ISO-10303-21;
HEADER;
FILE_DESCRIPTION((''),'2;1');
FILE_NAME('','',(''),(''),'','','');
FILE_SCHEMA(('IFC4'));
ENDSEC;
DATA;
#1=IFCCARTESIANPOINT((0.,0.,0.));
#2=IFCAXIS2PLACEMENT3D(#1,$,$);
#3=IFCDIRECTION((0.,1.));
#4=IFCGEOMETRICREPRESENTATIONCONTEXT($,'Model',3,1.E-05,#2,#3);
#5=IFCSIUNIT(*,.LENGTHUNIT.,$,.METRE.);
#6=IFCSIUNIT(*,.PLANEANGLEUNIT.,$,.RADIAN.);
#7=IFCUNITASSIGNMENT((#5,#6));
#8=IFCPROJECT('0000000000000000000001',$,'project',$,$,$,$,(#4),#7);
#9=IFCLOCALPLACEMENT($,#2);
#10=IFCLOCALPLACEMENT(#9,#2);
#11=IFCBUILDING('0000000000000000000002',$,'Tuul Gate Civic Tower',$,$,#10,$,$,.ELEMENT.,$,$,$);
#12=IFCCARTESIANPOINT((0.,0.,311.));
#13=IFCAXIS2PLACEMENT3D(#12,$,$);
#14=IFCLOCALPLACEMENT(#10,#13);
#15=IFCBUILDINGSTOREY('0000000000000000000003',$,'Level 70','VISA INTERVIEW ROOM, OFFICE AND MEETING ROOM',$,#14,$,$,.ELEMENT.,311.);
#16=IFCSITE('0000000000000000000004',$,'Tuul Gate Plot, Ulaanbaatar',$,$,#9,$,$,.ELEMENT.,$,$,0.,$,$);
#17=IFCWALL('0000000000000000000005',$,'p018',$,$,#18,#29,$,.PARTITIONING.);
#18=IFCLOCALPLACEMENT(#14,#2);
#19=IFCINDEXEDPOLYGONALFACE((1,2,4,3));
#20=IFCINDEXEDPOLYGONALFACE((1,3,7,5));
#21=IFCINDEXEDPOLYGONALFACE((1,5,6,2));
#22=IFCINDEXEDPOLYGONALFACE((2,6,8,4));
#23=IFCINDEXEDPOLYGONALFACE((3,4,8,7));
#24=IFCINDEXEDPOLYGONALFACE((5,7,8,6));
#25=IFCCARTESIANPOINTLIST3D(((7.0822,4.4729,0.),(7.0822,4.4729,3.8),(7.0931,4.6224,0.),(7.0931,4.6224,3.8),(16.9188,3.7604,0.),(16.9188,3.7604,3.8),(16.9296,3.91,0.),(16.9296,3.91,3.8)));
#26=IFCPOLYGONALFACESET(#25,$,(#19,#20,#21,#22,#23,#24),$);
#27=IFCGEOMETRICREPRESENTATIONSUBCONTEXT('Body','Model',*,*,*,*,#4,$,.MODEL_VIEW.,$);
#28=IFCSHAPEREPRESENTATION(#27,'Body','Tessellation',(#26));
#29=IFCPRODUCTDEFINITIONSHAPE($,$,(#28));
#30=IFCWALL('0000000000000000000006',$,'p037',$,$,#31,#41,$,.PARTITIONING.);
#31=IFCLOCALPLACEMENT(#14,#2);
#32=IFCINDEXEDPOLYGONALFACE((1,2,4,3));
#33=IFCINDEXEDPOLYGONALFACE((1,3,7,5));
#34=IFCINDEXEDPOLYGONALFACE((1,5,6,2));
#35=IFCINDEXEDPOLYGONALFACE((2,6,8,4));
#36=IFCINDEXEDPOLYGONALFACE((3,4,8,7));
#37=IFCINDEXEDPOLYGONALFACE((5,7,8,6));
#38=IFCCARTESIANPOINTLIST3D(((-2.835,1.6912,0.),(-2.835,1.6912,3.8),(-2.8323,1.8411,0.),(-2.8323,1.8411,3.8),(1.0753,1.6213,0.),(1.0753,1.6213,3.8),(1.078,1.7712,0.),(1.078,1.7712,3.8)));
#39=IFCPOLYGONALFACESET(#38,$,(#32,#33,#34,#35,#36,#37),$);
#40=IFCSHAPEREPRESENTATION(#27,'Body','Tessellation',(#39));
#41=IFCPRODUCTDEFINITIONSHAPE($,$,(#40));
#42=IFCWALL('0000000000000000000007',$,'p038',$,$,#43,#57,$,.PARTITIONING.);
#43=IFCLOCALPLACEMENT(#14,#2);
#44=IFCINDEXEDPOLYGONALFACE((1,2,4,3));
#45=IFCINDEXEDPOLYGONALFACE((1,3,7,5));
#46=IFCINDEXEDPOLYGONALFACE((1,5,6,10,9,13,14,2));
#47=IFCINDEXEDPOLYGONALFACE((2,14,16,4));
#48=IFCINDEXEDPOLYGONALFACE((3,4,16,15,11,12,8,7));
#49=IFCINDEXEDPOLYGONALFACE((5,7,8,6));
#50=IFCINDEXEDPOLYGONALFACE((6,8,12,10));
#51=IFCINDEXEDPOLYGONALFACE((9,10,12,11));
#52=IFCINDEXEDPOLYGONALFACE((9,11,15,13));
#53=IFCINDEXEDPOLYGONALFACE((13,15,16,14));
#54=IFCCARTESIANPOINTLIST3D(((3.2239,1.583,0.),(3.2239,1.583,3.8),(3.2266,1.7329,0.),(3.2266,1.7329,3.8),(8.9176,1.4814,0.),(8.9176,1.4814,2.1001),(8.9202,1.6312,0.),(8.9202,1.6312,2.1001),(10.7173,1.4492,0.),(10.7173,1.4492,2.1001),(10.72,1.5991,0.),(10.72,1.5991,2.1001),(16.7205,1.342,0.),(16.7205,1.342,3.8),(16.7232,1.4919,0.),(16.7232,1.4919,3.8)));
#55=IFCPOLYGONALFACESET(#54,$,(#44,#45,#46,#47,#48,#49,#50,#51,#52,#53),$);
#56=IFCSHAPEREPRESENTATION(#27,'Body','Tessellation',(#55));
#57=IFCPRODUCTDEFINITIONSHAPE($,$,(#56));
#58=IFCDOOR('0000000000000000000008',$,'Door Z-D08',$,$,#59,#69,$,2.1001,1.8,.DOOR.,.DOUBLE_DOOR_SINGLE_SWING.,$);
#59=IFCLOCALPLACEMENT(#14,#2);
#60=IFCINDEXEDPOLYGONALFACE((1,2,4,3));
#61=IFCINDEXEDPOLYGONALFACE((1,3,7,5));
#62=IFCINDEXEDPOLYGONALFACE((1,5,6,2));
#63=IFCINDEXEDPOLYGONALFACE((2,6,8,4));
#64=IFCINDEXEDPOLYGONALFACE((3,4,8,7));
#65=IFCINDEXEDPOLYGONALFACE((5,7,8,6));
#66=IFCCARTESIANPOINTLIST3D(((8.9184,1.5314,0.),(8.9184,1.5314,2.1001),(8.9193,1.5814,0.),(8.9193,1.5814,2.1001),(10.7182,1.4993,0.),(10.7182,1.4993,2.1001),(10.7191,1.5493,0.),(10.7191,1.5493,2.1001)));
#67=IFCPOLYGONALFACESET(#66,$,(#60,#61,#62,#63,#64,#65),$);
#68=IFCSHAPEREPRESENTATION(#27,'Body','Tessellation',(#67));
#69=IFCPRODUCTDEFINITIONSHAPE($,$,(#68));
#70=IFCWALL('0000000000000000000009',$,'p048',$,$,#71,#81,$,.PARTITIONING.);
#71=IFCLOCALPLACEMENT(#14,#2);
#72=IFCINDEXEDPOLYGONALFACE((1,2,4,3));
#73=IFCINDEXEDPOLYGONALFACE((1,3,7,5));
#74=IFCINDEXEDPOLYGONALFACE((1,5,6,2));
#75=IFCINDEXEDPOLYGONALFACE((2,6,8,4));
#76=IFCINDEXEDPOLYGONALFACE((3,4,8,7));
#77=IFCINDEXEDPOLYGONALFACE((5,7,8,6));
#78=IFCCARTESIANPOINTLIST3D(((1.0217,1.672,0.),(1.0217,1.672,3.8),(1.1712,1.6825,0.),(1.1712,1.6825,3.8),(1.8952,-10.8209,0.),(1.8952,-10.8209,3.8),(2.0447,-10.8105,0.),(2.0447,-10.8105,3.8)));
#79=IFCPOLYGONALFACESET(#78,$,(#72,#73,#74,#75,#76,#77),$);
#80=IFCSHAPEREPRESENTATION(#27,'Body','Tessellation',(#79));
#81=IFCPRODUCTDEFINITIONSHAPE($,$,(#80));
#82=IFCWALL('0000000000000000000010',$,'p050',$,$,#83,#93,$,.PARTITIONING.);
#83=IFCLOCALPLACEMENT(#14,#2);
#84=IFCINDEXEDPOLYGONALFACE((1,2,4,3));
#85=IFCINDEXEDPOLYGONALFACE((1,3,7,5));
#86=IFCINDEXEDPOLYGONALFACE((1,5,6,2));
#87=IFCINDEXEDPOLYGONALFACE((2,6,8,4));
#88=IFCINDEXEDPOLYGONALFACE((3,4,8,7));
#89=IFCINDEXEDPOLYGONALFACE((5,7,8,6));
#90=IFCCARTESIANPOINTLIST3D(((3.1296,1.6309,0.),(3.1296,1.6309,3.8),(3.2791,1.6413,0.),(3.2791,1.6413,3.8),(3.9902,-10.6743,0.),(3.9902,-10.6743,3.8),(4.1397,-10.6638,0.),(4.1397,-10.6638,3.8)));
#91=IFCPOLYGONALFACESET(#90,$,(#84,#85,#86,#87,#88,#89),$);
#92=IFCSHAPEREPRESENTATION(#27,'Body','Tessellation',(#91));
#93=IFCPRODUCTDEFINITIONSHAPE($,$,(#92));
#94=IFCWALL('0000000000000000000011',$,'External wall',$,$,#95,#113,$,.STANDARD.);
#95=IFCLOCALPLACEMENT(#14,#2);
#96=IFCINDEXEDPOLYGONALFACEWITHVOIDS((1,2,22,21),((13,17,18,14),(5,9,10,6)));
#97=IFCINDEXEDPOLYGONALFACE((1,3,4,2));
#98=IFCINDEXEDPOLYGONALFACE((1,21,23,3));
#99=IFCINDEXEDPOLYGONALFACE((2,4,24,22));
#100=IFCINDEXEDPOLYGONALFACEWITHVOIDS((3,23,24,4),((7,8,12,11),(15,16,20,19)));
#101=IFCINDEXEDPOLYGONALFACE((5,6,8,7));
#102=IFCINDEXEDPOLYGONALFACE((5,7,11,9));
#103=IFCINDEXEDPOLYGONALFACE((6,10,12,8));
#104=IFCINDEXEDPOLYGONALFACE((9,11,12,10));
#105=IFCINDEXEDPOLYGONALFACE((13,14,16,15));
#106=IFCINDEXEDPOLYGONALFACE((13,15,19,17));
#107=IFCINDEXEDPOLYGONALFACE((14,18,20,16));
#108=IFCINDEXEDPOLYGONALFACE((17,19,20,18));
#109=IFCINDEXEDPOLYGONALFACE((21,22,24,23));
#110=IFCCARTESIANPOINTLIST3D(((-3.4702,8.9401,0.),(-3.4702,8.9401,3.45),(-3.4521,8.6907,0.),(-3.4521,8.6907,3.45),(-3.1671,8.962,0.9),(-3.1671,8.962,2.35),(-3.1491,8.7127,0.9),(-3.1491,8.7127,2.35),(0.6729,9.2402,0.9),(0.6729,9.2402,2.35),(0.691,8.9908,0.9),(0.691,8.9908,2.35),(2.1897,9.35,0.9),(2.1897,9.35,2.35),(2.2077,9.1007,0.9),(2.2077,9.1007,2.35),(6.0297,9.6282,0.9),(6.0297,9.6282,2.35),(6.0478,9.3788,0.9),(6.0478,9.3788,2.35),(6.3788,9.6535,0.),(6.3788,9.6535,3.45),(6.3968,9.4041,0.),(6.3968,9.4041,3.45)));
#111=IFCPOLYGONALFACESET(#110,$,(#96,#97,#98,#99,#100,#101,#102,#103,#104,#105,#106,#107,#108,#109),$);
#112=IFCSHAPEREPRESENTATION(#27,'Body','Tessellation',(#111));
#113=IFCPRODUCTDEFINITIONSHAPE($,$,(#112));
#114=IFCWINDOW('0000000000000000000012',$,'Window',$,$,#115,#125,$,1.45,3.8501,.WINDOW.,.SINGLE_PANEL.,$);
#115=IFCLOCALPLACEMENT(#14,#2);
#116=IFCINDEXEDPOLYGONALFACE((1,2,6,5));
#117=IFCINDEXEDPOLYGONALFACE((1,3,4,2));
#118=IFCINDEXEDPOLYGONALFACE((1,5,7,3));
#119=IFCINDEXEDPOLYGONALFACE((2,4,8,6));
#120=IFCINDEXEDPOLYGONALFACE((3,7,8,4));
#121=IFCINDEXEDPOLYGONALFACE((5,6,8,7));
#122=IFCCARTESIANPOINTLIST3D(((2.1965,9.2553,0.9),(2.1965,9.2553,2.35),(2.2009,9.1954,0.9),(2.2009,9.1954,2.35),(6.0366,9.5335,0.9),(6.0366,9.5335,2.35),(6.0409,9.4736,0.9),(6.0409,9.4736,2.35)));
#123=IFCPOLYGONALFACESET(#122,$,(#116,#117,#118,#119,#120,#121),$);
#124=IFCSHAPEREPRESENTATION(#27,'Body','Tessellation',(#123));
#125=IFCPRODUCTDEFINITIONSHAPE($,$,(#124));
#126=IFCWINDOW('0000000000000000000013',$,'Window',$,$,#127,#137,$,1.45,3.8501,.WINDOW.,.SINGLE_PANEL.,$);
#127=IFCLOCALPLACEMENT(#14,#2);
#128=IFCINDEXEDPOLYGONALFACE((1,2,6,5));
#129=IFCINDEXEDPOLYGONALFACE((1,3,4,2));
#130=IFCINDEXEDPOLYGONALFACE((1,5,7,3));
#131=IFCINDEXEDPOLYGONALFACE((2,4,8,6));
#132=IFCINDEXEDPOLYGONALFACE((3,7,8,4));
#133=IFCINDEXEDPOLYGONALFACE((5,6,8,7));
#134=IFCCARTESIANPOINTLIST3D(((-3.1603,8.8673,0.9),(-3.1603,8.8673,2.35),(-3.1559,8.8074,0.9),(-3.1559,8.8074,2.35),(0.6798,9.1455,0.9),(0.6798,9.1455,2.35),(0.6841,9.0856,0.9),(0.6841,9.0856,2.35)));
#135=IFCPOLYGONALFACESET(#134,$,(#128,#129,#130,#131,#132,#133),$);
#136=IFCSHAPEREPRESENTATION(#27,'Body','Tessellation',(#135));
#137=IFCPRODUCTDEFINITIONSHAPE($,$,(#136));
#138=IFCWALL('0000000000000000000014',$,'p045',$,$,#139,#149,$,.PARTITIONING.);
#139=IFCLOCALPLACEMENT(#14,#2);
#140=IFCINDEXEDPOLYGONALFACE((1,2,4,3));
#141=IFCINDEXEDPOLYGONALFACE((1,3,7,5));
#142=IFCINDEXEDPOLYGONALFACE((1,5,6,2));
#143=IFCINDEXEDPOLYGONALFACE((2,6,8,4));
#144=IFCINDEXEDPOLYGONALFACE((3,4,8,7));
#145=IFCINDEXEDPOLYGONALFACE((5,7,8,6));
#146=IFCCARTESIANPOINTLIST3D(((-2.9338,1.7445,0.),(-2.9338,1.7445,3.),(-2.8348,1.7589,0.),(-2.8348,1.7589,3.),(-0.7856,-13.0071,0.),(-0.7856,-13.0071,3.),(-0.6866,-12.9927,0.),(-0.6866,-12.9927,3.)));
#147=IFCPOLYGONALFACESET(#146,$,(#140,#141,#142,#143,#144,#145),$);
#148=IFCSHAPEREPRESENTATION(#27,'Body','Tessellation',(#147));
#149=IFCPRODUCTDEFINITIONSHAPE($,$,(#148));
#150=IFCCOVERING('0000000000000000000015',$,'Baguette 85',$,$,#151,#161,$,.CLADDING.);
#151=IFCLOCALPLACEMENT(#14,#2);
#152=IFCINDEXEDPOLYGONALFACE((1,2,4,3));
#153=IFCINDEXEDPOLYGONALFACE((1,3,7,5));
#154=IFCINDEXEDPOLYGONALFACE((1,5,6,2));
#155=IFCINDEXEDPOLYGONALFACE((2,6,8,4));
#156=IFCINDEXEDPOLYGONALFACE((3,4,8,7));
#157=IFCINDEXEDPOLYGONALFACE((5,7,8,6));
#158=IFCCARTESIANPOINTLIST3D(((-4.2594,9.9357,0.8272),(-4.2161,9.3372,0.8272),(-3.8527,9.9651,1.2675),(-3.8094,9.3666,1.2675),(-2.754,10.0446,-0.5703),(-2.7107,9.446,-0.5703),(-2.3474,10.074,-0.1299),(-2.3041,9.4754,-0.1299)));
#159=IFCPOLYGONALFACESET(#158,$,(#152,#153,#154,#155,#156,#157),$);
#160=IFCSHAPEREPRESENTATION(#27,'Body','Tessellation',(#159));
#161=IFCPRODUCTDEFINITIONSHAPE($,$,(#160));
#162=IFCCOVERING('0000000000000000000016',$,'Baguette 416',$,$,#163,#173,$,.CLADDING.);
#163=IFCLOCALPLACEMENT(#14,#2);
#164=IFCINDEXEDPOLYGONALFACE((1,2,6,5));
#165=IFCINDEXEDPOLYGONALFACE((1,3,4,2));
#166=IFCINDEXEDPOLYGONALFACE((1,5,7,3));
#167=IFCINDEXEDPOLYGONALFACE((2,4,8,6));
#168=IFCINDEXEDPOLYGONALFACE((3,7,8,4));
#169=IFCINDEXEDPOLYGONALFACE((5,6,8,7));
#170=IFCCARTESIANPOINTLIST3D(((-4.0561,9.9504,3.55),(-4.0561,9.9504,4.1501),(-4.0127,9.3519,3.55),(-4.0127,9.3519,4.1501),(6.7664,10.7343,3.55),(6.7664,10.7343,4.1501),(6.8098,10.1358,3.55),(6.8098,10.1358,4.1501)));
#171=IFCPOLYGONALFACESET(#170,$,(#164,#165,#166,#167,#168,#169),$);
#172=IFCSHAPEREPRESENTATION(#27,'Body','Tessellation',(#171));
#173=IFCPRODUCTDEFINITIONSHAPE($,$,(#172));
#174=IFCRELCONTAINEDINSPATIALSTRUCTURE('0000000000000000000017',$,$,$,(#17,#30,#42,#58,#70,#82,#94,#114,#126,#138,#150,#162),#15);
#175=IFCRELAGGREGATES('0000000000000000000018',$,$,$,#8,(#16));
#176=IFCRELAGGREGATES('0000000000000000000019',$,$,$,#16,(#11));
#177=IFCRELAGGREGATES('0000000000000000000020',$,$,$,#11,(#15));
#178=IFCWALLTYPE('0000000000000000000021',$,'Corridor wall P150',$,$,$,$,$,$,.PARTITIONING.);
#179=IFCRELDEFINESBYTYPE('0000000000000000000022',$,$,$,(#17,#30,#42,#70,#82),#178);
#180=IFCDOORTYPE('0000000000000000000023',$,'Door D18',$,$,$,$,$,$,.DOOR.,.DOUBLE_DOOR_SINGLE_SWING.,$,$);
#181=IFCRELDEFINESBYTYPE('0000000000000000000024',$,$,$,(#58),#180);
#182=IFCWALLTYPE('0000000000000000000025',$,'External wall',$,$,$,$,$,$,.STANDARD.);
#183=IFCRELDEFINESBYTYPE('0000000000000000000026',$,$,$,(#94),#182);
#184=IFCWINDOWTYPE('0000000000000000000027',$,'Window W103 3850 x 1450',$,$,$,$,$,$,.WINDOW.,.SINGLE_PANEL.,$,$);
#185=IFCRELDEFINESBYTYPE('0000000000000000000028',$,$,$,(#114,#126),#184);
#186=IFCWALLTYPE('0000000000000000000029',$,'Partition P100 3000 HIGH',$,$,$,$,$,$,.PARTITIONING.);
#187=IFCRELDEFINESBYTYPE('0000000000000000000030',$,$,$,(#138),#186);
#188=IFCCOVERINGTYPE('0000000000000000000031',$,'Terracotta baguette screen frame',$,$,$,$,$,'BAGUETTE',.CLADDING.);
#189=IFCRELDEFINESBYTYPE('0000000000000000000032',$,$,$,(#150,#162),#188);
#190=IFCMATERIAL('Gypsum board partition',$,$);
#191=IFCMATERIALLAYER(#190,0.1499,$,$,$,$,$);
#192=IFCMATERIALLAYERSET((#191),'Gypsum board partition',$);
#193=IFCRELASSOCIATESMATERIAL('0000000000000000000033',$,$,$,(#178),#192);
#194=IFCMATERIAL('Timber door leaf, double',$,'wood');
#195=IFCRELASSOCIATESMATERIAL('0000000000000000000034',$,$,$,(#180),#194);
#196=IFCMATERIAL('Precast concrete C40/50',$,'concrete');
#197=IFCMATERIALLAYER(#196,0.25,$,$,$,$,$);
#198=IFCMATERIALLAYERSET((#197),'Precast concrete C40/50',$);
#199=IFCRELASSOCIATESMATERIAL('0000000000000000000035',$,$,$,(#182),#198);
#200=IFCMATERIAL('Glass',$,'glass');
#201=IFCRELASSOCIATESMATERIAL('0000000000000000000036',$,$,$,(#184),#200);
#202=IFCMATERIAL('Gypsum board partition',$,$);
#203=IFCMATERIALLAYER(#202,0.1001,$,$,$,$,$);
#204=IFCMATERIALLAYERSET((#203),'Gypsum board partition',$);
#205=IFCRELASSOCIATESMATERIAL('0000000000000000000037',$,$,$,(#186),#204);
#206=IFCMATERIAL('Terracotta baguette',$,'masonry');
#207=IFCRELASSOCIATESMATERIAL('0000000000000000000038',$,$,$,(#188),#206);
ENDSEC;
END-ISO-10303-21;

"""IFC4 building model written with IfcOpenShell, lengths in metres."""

from ifc_helpers import new_model, si_unit, direction, frame, frame_2d, origin, origin_2d, place, context, subcontext, project, spatial, rectangle, extrude, material, layer, layer_set, material_profile, profile_set, type_object, element, fill, save


model = new_model("IFC4")

# Units and contexts
model_context = context("Model", 3, precision=1e-05, world=origin(), true_north=direction((0.0, 1.0)))
body_context = subcontext(model_context, "Body", "Model", "MODEL_VIEW")
ifc_project = project(units=[si_unit("LENGTHUNIT", "METRE"), si_unit("PLANEANGLEUNIT", "RADIAN")], contexts=[model_context])

# Site, building, storey
site_placement = place(None, origin())
site = spatial("IfcSite", under=ifc_project, at=site_placement, Name="Tuul Gate Plot, Ulaanbaatar", CompositionType="ELEMENT", RefElevation=0.0)
building_placement = place(site_placement, origin())
building = spatial("IfcBuilding", under=site, at=building_placement, Name="Tuul Gate Civic Tower", CompositionType="ELEMENT")
storey_placement = place(building_placement, frame((0.0, 0.0, 311.0)))
storey = spatial("IfcBuildingStorey", under=building, at=storey_placement, Name="Level 70", Description="VISA INTERVIEW ROOM, OFFICE AND MEETING ROOM", CompositionType="ELEMENT", Elevation=311.0)

# Walls
ifc_material_1 = material(Name="Gypsum board partition")
ifc_layer_1 = layer(ifc_material_1, 0.1499)
ifc_layer_set_1 = layer_set([ifc_layer_1], Name="Gypsum board partition")
wall_type_1 = type_object("IfcWallType", Name="Corridor wall P150", PredefinedType="PARTITIONING", material=ifc_layer_set_1)
wall_1_placement = place(storey_placement, frame((7.0876, 4.5476, 0.0), z_axis=(0.0, 0.0, 1.0), x_axis=(0.997388, -0.072236, 0.0)))
element("IfcWall", 1, at=wall_1_placement, inside=storey, type_object=wall_type_1, Name="p018", PredefinedType="PARTITIONING", context=body_context, shape_type="SweptSolid", body=[
    extrude(rectangle(XDim=9.8623, YDim=0.1499, at=frame_2d((4.9312, 0.0))), origin(), (0.0, 0.0, 1.0), 3.8),
])
wall_2_placement = place(storey_placement, frame((-2.8337, 1.7661, 0.0), z_axis=(0.0, 0.0, 1.0), x_axis=(0.999841, -0.017854, 0.0)))
element("IfcWall", 2, at=wall_2_placement, inside=storey, type_object=wall_type_1, Name="p037", PredefinedType="PARTITIONING", context=body_context, shape_type="SweptSolid", body=[
    extrude(rectangle(XDim=3.9109, YDim=0.1499, at=frame_2d((1.9556, 0.0))), origin(), (0.0, 0.0, 1.0), 3.8),
])

# Wall, opening, door
wall_3_placement = place(storey_placement, frame((3.2251, 1.658, 0.0), z_axis=(0.0, 0.0, 1.0), x_axis=(0.999841, -0.017851, 0.0)))
wall_3 = element("IfcWall", 3, at=wall_3_placement, inside=storey, type_object=wall_type_1, Name="p038", PredefinedType="PARTITIONING", context=body_context, shape_type="SweptSolid", body=[
    extrude(rectangle(XDim=13.4988, YDim=0.1499, at=frame_2d((6.7495, 0.0))), origin(), (0.0, 0.0, 1.0), 3.8),
])
opening_1_placement = place(wall_3_placement, frame((5.6948, 0.0, 0.0)))
opening_1 = element("IfcOpeningElement", 4, at=opening_1_placement, cuts=wall_3, PredefinedType="OPENING", context=body_context, shape_type="SweptSolid", body=[
    extrude(rectangle(XDim=1.8, YDim=2.1001, at=frame_2d((0.8999, 1.05))), frame((0.0, 0.085, 0.0), z_axis=(0.0, -1.0, 0.0), x_axis=(1.0, 0.0, 0.0)), (0.0, 0.0, 1.0), 0.1699),
])
ifc_material_2 = material(Name="Timber door leaf, double", Category="wood")
door_type = type_object("IfcDoorType", Name="Door D18", OperationType="DOUBLE_DOOR_SINGLE_SWING", PredefinedType="DOOR", material=ifc_material_2)
door_placement = place(opening_1_placement, frame((1.8, 0.0, 0.0), z_axis=(0.0, 0.0, 1.0), x_axis=(-1.0, 0.0, 0.0)))
door = element("IfcDoor", 5, at=door_placement, inside=storey, type_object=door_type, Name="Door Z-D08", OperationType="DOUBLE_DOOR_SINGLE_SWING", OverallHeight=2.1001, OverallWidth=1.8, PredefinedType="DOOR", context=body_context, shape_type="SweptSolid", body=[
    extrude(rectangle(XDim=1.8, YDim=2.1001, at=frame_2d((0.9001, 1.05))), frame((0.0, 0.0249, 0.0), z_axis=(0.0, -1.0, 0.0), x_axis=(1.0, 0.0, 0.0)), (0.0, 0.0, 1.0), 0.05),
])
fill(opening_1, door)

# Walls
wall_4_placement = place(storey_placement, frame((1.0964, 1.6772, 0.0), z_axis=(0.0, 0.0, 1.0), x_axis=(0.069752, -0.997564, 0.0)))
element("IfcWall", 6, at=wall_4_placement, inside=storey, type_object=wall_type_1, Name="p048", PredefinedType="PARTITIONING", context=body_context, shape_type="SweptSolid", body=[
    extrude(rectangle(XDim=12.5234, YDim=0.1499, at=frame_2d((6.2617, 0.0))), origin(), (0.0, 0.0, 1.0), 3.8),
])
wall_5_placement = place(storey_placement, frame((3.2043, 1.636, 0.0), z_axis=(0.0, 0.0, 1.0), x_axis=(0.069767, -0.997563, 0.0)))
element("IfcWall", 7, at=wall_5_placement, inside=storey, type_object=wall_type_1, Name="p050", PredefinedType="PARTITIONING", context=body_context, shape_type="SweptSolid", body=[
    extrude(rectangle(XDim=12.3352, YDim=0.1499, at=frame_2d((6.1675, 0.0))), origin(), (0.0, 0.0, 1.0), 3.8),
])

# Wall, openings, windows
ifc_material_3 = material(Name="Precast concrete C40/50", Category="concrete")
ifc_layer_2 = layer(ifc_material_3, 0.25)
ifc_layer_set_2 = layer_set([ifc_layer_2], Name="Precast concrete C40/50")
wall_type_2 = type_object("IfcWallType", Name="External wall", PredefinedType="STANDARD", material=ifc_layer_set_2)
wall_6_placement = place(storey_placement, frame((6.3879, 9.5288, 0.0), z_axis=(0.0, 0.0, 1.0), x_axis=(-0.997387, -0.072243, 0.0)))
wall_6 = element("IfcWall", 8, at=wall_6_placement, inside=storey, type_object=wall_type_2, Name="External wall", PredefinedType="STANDARD", context=body_context, shape_type="SweptSolid", body=[
    extrude(rectangle(XDim=9.8748, YDim=0.25, at=frame_2d((4.9375, 0.0))), origin(), (0.0, 0.0, 1.0), 3.45),
])
opening_2_placement = place(wall_6_placement, frame((0.3501, 0.0, 0.8999)))
opening_2 = element("IfcOpeningElement", 9, at=opening_2_placement, cuts=wall_6, PredefinedType="OPENING", context=body_context, shape_type="SweptSolid", body=[
    extrude(rectangle(XDim=3.8501, YDim=1.45, at=frame_2d((1.925, 0.7251))), frame((0.0, 0.135, 0.0), z_axis=(0.0, -1.0, 0.0), x_axis=(1.0, 0.0, 0.0)), (0.0, 0.0, 1.0), 0.27),
])
opening_3_placement = place(wall_6_placement, frame((5.7209, 0.0, 0.8999)))
opening_3 = element("IfcOpeningElement", 10, at=opening_3_placement, cuts=wall_6, PredefinedType="OPENING", context=body_context, shape_type="SweptSolid", body=[
    extrude(rectangle(XDim=3.8501, YDim=1.45, at=frame_2d((1.925, 0.7251))), frame((0.0, 0.135, 0.0), z_axis=(0.0, -1.0, 0.0), x_axis=(1.0, 0.0, 0.0)), (0.0, 0.0, 1.0), 0.27),
])
ifc_material_4 = material(Name="Glass", Category="glass")
window_type = type_object("IfcWindowType", Name="Window W103 3850 x 1450", PartitioningType="SINGLE_PANEL", PredefinedType="WINDOW", material=ifc_material_4)
window_1_placement = place(opening_2_placement, origin())
window_1 = element("IfcWindow", 11, at=window_1_placement, inside=storey, type_object=window_type, Name="Window", OverallHeight=1.45, OverallWidth=3.8501, PartitioningType="SINGLE_PANEL", PredefinedType="WINDOW", context=body_context, shape_type="SweptSolid", body=[
    extrude(rectangle(XDim=3.8501, YDim=1.45, at=frame_2d((1.925, 0.7251))), frame((0.0, 0.03, 0.0), z_axis=(0.0, -1.0, 0.0), x_axis=(1.0, 0.0, 0.0)), (0.0, 0.0, 1.0), 0.0601),
])
fill(opening_2, window_1)
window_2_placement = place(opening_3_placement, origin())
window_2 = element("IfcWindow", 12, at=window_2_placement, inside=storey, type_object=window_type, Name="Window", OverallHeight=1.45, OverallWidth=3.8501, PartitioningType="SINGLE_PANEL", PredefinedType="WINDOW", context=body_context, shape_type="SweptSolid", body=[
    extrude(rectangle(XDim=3.8501, YDim=1.45, at=frame_2d((1.925, 0.7251))), frame((0.0, 0.03, 0.0), z_axis=(0.0, -1.0, 0.0), x_axis=(1.0, 0.0, 0.0)), (0.0, 0.0, 1.0), 0.0601),
])
fill(opening_3, window_2)

# Wall
ifc_material_5 = material(Name="Gypsum board partition")
ifc_layer_3 = layer(ifc_material_5, 0.1001)
ifc_layer_set_3 = layer_set([ifc_layer_3], Name="Gypsum board partition")
wall_type_3 = type_object("IfcWallType", Name="Partition P100 3000 HIGH", PredefinedType="PARTITIONING", material=ifc_layer_set_3)
wall_7_placement = place(storey_placement, frame((-2.8843, 1.7517, 0.0), z_axis=(0.0, 0.0, 1.0), x_axis=(0.144103, -0.989563, 0.0)))
element("IfcWall", 13, at=wall_7_placement, inside=storey, type_object=wall_type_3, Name="p045", PredefinedType="PARTITIONING", context=body_context, shape_type="SweptSolid", body=[
    extrude(rectangle(XDim=14.9072, YDim=0.1001, at=frame_2d((7.4536, 0.0))), origin(), (0.0, 0.0, 1.0), 3.0),
])

# Coverings
ifc_material_6 = material(Name="Terracotta baguette", Category="masonry")
ifc_material_profile_1 = material_profile(ifc_material_6, rectangle(XDim=0.6001, YDim=0.6001, at=origin_2d()), Name="Terracotta baguette screen frame")
ifc_profile_set_1 = profile_set([ifc_material_profile_1], Name="Terracotta baguette")
covering_type = type_object("IfcCoveringType", Name="Terracotta baguette screen frame", ElementType="BAGUETTE", PredefinedType="CLADDING", material=ifc_profile_set_1)
covering_1_placement = place(storey_placement, frame((-2.5291, 9.76, -0.3501), z_axis=(-0.731859, -0.052937, 0.679397), x_axis=(0.072144, -0.997394, 0.0)))
element("IfcCovering", 14, at=covering_1_placement, inside=storey, type_object=covering_type, Name="Baguette 85", PredefinedType="CLADDING", context=body_context, shape_type="SweptSolid", body=[
    extrude(rectangle(XDim=0.6001, YDim=0.6001, at=origin_2d()), origin(), (0.0, 0.0, 1.0), 2.0569),
])
covering_2_placement = place(storey_placement, frame((6.7881, 10.4351, 3.8501), z_axis=(-0.997387, -0.072246, 0.0), x_axis=(0.072246, -0.997387, 0.0)))
element("IfcCovering", 15, at=covering_2_placement, inside=storey, type_object=covering_type, Name="Baguette 416", PredefinedType="CLADDING", context=body_context, shape_type="SweptSolid", body=[
    extrude(rectangle(XDim=0.6001, YDim=0.6001, at=origin_2d()), origin(), (0.0, 0.0, 1.0), 10.8508),
])

save(model, "model.ifc")
